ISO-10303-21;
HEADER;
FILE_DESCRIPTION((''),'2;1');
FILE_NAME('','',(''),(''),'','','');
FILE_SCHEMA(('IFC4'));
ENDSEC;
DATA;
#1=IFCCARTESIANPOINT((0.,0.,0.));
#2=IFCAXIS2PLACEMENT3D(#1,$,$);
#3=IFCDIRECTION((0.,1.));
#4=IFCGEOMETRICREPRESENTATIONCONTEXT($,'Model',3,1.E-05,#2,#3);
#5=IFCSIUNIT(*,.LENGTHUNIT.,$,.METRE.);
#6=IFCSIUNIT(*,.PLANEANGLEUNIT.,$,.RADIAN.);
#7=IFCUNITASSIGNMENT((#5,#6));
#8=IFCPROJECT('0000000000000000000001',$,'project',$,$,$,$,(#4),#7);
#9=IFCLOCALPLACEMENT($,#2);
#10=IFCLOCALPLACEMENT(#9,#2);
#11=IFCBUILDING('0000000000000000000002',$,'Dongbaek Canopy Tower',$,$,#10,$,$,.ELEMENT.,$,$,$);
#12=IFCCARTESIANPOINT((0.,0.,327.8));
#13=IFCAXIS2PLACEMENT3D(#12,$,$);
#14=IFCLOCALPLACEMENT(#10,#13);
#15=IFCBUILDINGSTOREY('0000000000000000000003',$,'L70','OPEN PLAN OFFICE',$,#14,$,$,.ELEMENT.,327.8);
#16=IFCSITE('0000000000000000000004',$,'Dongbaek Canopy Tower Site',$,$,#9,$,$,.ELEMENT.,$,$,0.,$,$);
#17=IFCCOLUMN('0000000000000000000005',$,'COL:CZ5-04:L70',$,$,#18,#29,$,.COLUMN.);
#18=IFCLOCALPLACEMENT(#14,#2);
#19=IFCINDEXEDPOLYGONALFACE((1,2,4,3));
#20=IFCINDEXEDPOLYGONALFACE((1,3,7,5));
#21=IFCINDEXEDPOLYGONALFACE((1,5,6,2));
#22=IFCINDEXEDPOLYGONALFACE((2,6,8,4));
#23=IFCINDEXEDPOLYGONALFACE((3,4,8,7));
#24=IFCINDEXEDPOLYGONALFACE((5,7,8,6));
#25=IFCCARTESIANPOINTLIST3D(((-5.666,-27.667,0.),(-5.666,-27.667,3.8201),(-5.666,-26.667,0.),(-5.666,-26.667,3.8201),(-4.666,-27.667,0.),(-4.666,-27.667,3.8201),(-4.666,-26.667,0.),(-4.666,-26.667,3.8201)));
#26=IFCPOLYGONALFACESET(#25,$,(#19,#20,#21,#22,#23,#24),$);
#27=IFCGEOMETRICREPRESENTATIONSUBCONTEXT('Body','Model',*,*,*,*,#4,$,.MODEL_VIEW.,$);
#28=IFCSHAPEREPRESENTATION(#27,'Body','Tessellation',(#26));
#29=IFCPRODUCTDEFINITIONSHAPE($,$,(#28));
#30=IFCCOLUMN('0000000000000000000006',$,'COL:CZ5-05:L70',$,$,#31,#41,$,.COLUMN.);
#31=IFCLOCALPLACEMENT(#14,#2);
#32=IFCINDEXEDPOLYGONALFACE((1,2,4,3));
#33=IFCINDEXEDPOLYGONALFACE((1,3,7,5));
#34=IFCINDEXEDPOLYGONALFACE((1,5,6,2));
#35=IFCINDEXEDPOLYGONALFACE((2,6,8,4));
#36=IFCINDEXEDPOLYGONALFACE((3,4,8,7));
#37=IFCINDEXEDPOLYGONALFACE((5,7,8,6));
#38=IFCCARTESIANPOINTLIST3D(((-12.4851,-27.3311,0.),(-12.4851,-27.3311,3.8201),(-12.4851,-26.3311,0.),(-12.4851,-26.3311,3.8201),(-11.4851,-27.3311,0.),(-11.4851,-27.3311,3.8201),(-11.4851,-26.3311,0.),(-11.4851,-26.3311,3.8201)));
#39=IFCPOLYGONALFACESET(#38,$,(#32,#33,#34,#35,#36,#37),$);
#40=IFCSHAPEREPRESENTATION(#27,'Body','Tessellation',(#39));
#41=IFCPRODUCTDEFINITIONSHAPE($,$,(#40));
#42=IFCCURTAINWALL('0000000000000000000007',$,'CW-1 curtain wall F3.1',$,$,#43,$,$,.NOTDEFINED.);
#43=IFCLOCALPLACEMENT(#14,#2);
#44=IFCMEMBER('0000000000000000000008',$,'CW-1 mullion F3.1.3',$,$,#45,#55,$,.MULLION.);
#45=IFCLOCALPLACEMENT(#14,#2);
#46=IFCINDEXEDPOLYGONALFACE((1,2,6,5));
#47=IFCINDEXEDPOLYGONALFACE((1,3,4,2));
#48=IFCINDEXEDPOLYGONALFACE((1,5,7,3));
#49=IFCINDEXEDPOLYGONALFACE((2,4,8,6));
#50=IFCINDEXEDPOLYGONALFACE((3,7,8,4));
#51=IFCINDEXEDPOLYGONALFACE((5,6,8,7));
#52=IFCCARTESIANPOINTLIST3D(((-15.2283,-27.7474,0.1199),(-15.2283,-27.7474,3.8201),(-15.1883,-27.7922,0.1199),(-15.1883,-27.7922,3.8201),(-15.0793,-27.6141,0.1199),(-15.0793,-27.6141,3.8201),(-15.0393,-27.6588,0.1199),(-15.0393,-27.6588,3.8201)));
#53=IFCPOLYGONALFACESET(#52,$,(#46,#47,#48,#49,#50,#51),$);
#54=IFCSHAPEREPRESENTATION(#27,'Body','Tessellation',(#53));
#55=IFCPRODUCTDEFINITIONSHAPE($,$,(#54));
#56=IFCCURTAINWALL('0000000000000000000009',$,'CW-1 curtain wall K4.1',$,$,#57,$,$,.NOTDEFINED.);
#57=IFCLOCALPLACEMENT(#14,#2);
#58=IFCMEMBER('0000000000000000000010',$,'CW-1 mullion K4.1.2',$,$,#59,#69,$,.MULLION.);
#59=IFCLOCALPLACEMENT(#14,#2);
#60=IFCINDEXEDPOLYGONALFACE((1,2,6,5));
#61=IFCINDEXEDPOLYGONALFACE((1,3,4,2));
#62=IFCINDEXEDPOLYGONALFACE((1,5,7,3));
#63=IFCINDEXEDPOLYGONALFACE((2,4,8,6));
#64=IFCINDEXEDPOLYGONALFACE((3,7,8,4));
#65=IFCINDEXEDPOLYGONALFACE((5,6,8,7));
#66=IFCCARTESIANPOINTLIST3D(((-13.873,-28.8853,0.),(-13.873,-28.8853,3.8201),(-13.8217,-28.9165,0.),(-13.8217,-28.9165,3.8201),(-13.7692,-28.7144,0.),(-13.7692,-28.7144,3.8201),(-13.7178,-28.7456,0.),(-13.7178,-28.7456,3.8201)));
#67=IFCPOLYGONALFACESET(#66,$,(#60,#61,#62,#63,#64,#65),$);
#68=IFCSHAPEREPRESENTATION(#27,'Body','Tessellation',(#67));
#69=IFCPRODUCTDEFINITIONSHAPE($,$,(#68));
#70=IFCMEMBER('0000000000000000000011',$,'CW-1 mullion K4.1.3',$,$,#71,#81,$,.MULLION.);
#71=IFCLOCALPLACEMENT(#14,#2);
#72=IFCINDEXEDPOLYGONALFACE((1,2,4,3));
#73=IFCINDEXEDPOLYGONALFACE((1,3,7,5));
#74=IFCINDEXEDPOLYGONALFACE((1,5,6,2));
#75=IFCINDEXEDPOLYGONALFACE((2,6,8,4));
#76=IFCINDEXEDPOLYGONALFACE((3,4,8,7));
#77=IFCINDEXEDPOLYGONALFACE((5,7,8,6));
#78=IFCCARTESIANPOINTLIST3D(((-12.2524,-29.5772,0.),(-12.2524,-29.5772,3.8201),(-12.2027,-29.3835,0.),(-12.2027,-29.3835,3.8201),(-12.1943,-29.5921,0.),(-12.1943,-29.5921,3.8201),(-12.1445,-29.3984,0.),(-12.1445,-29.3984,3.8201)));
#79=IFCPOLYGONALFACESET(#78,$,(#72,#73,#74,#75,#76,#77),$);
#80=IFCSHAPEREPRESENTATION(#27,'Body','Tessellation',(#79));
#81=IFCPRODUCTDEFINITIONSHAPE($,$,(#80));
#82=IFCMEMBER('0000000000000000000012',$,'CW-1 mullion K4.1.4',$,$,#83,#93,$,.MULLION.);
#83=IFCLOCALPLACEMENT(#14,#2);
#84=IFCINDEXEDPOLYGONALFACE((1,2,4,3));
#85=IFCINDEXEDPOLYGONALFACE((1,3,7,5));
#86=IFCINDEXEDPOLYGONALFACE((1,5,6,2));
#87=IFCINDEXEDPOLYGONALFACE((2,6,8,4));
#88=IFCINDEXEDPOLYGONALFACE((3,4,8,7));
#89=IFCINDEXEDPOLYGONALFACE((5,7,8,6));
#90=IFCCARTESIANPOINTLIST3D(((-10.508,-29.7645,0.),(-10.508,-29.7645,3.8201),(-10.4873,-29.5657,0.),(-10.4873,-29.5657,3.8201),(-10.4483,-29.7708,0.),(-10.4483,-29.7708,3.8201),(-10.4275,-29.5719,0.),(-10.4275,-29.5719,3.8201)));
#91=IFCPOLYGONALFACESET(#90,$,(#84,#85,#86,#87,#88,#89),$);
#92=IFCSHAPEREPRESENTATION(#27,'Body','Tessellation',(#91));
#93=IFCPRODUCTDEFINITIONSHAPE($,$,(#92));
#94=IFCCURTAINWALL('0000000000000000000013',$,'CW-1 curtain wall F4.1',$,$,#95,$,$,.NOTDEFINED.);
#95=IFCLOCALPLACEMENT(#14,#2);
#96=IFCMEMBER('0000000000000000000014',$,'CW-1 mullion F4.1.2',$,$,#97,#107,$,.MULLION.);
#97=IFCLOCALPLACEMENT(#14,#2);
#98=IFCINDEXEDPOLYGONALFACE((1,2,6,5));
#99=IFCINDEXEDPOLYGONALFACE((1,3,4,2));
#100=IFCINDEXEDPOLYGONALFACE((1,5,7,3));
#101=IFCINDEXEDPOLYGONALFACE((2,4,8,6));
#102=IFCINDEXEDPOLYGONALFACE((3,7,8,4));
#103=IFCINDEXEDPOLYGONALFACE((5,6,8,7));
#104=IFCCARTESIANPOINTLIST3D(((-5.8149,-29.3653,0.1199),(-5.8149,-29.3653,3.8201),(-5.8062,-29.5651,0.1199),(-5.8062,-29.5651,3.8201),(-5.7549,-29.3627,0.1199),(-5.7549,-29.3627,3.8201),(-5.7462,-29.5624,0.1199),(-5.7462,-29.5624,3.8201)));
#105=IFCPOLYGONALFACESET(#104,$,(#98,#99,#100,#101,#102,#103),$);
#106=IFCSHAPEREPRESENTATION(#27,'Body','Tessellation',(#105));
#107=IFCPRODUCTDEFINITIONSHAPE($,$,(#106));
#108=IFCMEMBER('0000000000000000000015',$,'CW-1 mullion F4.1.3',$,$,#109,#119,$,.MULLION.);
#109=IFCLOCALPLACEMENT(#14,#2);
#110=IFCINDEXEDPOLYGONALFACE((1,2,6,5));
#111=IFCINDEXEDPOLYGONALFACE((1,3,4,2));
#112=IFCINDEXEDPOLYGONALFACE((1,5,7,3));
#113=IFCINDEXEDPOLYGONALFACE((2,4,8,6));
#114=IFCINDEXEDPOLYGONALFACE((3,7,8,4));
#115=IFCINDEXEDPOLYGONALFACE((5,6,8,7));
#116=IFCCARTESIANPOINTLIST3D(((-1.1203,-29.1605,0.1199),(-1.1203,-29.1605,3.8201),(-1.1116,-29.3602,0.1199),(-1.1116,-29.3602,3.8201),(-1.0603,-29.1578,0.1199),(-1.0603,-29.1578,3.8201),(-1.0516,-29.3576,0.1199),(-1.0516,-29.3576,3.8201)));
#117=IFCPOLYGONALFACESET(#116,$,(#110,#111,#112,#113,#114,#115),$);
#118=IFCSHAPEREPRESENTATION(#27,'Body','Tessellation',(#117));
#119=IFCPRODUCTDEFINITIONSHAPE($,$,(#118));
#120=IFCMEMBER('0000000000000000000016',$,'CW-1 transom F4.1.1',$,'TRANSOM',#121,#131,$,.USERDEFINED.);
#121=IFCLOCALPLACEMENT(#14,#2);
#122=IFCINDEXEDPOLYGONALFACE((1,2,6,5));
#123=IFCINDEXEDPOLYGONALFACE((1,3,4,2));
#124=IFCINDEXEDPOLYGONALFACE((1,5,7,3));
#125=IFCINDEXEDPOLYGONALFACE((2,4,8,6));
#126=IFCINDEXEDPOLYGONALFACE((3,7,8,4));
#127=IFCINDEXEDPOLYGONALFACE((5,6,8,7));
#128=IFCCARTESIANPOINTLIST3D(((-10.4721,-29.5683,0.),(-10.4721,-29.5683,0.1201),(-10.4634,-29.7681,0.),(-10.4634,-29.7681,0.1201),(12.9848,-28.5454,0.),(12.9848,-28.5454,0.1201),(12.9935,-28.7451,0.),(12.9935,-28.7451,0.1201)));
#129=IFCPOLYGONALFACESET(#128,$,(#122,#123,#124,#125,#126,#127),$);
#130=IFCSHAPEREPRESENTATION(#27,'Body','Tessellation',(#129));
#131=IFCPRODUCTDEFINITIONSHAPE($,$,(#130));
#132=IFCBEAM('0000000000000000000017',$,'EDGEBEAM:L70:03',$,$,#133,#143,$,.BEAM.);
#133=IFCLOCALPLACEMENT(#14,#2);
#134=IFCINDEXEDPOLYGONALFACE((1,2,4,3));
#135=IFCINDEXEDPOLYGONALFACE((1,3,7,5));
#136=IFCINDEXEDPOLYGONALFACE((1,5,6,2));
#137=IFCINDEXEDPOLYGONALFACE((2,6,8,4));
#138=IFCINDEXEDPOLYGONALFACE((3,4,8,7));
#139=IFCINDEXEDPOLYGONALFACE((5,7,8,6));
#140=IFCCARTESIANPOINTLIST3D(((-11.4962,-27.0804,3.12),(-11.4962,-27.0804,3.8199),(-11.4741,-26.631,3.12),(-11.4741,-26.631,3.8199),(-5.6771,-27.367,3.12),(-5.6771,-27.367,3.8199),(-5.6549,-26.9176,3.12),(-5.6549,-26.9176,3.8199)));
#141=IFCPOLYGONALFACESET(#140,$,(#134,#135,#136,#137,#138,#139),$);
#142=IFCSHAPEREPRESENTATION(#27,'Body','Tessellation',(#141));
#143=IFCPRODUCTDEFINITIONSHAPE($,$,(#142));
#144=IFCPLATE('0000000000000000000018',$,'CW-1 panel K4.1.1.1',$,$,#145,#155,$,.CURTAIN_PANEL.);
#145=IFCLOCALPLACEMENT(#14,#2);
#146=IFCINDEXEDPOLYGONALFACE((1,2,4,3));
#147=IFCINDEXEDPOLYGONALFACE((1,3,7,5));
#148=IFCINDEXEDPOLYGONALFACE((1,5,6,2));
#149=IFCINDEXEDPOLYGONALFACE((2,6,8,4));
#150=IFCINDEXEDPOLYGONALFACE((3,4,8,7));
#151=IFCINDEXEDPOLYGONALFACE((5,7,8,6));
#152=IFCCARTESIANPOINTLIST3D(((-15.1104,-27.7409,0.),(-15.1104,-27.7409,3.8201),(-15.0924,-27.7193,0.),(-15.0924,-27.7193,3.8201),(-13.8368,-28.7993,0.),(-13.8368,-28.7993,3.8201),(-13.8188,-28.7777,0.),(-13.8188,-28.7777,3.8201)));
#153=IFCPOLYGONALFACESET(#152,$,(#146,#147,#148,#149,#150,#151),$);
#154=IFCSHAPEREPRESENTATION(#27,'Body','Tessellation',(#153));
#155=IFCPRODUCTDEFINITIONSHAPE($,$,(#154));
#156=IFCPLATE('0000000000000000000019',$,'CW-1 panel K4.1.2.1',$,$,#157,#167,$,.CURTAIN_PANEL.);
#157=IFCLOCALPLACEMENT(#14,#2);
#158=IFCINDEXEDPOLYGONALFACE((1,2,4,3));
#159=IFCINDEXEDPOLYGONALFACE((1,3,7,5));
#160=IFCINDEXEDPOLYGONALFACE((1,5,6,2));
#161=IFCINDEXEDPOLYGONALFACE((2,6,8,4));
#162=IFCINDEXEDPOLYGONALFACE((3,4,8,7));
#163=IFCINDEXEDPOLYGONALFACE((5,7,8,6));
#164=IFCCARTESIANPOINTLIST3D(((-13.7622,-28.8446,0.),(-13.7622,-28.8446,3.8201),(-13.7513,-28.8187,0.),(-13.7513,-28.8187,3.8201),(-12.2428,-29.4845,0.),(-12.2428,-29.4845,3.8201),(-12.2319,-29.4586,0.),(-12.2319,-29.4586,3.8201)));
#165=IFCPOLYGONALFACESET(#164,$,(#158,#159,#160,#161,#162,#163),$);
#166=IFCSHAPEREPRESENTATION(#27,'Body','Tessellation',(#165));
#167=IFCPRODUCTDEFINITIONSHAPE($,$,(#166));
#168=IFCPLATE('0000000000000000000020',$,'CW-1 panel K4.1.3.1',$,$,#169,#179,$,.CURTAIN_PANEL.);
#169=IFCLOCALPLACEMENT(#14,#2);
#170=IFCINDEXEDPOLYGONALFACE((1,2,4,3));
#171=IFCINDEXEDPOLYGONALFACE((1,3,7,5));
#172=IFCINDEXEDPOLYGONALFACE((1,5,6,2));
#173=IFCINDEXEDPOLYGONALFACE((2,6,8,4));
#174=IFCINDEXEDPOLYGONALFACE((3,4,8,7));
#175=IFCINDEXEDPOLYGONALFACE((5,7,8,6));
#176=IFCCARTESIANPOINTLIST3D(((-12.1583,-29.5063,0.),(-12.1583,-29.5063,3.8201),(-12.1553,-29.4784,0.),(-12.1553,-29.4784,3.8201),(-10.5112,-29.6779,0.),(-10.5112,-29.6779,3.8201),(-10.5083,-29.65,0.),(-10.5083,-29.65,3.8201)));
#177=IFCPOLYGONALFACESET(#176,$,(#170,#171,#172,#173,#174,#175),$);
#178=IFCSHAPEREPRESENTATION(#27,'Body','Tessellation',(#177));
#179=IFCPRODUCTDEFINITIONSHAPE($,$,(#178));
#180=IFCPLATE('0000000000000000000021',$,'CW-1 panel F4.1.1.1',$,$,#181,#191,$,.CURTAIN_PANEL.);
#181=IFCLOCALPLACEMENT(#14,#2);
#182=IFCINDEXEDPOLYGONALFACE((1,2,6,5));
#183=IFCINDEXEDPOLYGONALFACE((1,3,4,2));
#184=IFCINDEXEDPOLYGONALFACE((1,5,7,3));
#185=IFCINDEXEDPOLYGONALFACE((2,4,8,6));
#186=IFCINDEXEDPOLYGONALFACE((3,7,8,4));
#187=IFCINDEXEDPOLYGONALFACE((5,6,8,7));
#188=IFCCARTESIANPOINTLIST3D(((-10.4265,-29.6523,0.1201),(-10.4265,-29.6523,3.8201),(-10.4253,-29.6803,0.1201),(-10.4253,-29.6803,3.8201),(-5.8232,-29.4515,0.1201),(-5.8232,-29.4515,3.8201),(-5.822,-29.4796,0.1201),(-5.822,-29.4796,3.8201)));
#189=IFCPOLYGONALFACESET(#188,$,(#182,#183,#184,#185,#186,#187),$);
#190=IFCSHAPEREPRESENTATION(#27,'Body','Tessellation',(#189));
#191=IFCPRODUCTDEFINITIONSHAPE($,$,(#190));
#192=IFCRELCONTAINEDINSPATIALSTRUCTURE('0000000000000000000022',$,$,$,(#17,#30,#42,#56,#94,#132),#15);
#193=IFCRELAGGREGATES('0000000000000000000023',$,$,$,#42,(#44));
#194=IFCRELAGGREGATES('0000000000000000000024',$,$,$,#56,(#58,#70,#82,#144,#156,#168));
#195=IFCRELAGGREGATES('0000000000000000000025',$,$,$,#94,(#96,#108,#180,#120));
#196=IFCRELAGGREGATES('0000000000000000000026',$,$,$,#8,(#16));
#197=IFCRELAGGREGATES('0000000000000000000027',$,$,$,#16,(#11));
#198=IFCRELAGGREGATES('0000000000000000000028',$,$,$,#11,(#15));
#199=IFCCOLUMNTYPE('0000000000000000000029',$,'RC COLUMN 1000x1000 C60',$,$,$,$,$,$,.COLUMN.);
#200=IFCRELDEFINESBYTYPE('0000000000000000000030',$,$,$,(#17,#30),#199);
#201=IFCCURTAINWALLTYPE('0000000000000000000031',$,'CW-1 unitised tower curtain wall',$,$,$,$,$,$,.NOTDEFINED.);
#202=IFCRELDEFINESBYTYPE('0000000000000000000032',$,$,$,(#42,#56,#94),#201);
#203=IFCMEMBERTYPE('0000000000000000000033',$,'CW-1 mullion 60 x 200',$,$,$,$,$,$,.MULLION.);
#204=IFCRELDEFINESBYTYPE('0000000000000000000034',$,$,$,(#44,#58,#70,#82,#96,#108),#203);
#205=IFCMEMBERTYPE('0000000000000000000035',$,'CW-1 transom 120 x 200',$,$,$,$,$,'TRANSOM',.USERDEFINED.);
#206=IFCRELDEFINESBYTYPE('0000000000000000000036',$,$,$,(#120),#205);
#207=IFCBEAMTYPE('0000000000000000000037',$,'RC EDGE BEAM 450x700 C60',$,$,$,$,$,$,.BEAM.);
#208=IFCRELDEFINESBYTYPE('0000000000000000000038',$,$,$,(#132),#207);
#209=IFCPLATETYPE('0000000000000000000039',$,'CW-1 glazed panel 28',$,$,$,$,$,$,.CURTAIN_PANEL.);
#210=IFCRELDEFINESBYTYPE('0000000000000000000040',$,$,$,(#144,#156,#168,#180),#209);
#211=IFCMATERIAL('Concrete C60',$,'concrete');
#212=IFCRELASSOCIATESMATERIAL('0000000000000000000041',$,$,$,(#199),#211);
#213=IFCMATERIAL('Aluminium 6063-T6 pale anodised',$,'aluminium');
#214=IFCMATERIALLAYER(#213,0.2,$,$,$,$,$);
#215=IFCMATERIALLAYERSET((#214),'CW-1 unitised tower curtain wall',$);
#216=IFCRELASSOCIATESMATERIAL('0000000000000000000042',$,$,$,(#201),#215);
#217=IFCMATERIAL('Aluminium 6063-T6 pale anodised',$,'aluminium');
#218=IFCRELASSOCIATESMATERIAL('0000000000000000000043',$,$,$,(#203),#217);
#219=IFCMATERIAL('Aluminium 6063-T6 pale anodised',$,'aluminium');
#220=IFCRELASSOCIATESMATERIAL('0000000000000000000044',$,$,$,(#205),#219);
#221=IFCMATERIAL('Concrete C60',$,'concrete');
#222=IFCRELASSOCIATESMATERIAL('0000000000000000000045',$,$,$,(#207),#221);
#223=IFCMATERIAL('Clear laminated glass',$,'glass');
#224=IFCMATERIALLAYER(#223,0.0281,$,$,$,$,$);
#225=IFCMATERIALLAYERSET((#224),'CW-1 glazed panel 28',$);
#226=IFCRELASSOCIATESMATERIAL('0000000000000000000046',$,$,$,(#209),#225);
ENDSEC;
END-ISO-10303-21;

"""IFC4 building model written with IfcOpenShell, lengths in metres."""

from ifc_helpers import new_model, si_unit, direction, frame, origin, origin_2d, place, context, subcontext, project, spatial, rectangle, extrude, material, layer, layer_set, material_profile, profile_set, type_object, element, aggregate, save


model = new_model("IFC4")

# Units and contexts
model_context = context("Model", 3, precision=1e-05, world=origin(), true_north=direction((0.0, 1.0)))
body_context = subcontext(model_context, "Body", "Model", "MODEL_VIEW")
ifc_project = project(units=[si_unit("LENGTHUNIT", "METRE"), si_unit("PLANEANGLEUNIT", "RADIAN")], contexts=[model_context])

# Site, building, storey
site_placement = place(None, origin())
site = spatial("IfcSite", under=ifc_project, at=site_placement, Name="Dongbaek Canopy Tower Site", CompositionType="ELEMENT", RefElevation=0.0)
building_placement = place(site_placement, origin())
building = spatial("IfcBuilding", under=site, at=building_placement, Name="Dongbaek Canopy Tower", CompositionType="ELEMENT")
storey_placement = place(building_placement, frame((0.0, 0.0, 327.8)))
storey = spatial("IfcBuildingStorey", under=building, at=storey_placement, Name="L70", Description="OPEN PLAN OFFICE", CompositionType="ELEMENT", Elevation=327.8)

# Columns
ifc_material_1 = material(Name="Concrete C60", Category="concrete")
ifc_material_profile_1 = material_profile(ifc_material_1, rectangle(XDim=1.0, YDim=1.0, at=origin_2d()), Name="RC COLUMN 1000x1000 C60")
ifc_profile_set_1 = profile_set([ifc_material_profile_1], Name="Concrete C60")
column_type = type_object("IfcColumnType", Name="RC COLUMN 1000x1000 C60", PredefinedType="COLUMN", material=ifc_profile_set_1)
for number, where, z_axis, x_axis, name in (
    (1, (-5.166, -27.167, 0.0), (0.0, 0.0, 1.0), (1.0, 0.0, 0.0), "COL:CZ5-04:L70"),
    (2, (-11.9851, -26.8311, 0.0), (0.0, 0.0, 1.0), (1.0, 0.0, 0.0), "COL:CZ5-05:L70"),
):
    element("IfcColumn", number, at=place(storey_placement, frame(where, z_axis=z_axis, x_axis=x_axis)), inside=storey, type_object=column_type, Name=name, PredefinedType="COLUMN", context=body_context, shape_type="SweptSolid", body=[
        extrude(rectangle(XDim=1.0, YDim=1.0, at=origin_2d()), origin(), (0.0, 0.0, 1.0), 3.8201),
    ])

# Curtain wall, member
ifc_material_2 = material(Name="Aluminium 6063-T6 pale anodised", Category="aluminium")
ifc_layer_1 = layer(ifc_material_2, 0.2)
ifc_layer_set_1 = layer_set([ifc_layer_1], Name="CW-1 unitised tower curtain wall")
curtain_wall_type = type_object("IfcCurtainWallType", Name="CW-1 unitised tower curtain wall", PredefinedType="NOTDEFINED", material=ifc_layer_set_1)
curtain_wall_1_placement = place(storey_placement, origin())
curtain_wall_1 = element("IfcCurtainWall", 3, at=curtain_wall_1_placement, inside=storey, type_object=curtain_wall_type, Name="CW-1 curtain wall F3.1", PredefinedType="NOTDEFINED")
ifc_material_3 = material(Name="Aluminium 6063-T6 pale anodised", Category="aluminium")
ifc_material_profile_2 = material_profile(ifc_material_3, rectangle(XDim=0.2, YDim=0.0601, at=origin_2d()), Name="CW-1 mullion 60 x 200")
ifc_profile_set_2 = profile_set([ifc_material_profile_2], Name="Aluminium 6063-T6 pale anodised")
member_type_1 = type_object("IfcMemberType", Name="CW-1 mullion 60 x 200", PredefinedType="MULLION", material=ifc_profile_set_2)
member_1_placement = place(storey_placement, frame((-15.1338, -27.7031, 0.1199), z_axis=(0.0, 0.0, 1.0), x_axis=(-0.745165, -0.66688, 0.0)))
member_1 = element("IfcMember", 4, at=member_1_placement, type_object=member_type_1, Name="CW-1 mullion F3.1.3", PredefinedType="MULLION", context=body_context, shape_type="SweptSolid", body=[
    extrude(rectangle(XDim=0.2, YDim=0.0601, at=origin_2d()), origin(), (0.0, 0.0, 1.0), 3.7002),
])
aggregate(curtain_wall_1, [member_1])

# Curtain walls, members
curtain_wall_2_placement = place(storey_placement, origin())
curtain_wall_2 = element("IfcCurtainWall", 5, at=curtain_wall_2_placement, inside=storey, type_object=curtain_wall_type, Name="CW-1 curtain wall K4.1", PredefinedType="NOTDEFINED")
member_2_placement = place(storey_placement, frame((-13.7954, -28.8154, 0.0), z_axis=(0.0, 0.0, 1.0), x_axis=(-0.519267, -0.854612, 0.0)))
member_2 = element("IfcMember", 6, at=member_2_placement, type_object=member_type_1, Name="CW-1 mullion K4.1.2", PredefinedType="MULLION", context=body_context, shape_type="SweptSolid", body=[
    extrude(rectangle(XDim=0.2, YDim=0.0601, at=origin_2d()), origin(), (0.0, 0.0, 1.0), 3.8201),
])
member_3_placement = place(storey_placement, frame((-12.1985, -29.4878, 0.0), z_axis=(0.0, 0.0, 1.0), x_axis=(-0.24857, -0.968614, 0.0)))
member_3 = element("IfcMember", 7, at=member_3_placement, type_object=member_type_1, Name="CW-1 mullion K4.1.3", PredefinedType="MULLION", context=body_context, shape_type="SweptSolid", body=[
    extrude(rectangle(XDim=0.2, YDim=0.0601, at=origin_2d()), origin(), (0.0, 0.0, 1.0), 3.8201),
])
member_4_placement = place(storey_placement, frame((-10.4678, -29.6682, 0.0), z_axis=(0.0, 0.0, 1.0), x_axis=(-0.103623, -0.994617, 0.0)))
member_4 = element("IfcMember", 8, at=member_4_placement, type_object=member_type_1, Name="CW-1 mullion K4.1.4", PredefinedType="MULLION", context=body_context, shape_type="SweptSolid", body=[
    extrude(rectangle(XDim=0.2, YDim=0.0601, at=origin_2d()), origin(), (0.0, 0.0, 1.0), 3.8201),
])
curtain_wall_3_placement = place(storey_placement, origin())
curtain_wall_3 = element("IfcCurtainWall", 9, at=curtain_wall_3_placement, inside=storey, type_object=curtain_wall_type, Name="CW-1 curtain wall F4.1", PredefinedType="NOTDEFINED")
member_5_placement = place(storey_placement, frame((-5.7805, -29.4639, 0.1199), z_axis=(0.0, 0.0, 1.0), x_axis=(0.043572, -0.99905, 0.0)))
member_5 = element("IfcMember", 10, at=member_5_placement, type_object=member_type_1, Name="CW-1 mullion F4.1.2", PredefinedType="MULLION", context=body_context, shape_type="SweptSolid", body=[
    extrude(rectangle(XDim=0.2, YDim=0.0601, at=origin_2d()), origin(), (0.0, 0.0, 1.0), 3.7002),
])
member_6_placement = place(storey_placement, frame((-1.0859, -29.259, 0.1199), z_axis=(0.0, 0.0, 1.0), x_axis=(0.043572, -0.99905, 0.0)))
member_6 = element("IfcMember", 11, at=member_6_placement, type_object=member_type_1, Name="CW-1 mullion F4.1.3", PredefinedType="MULLION", context=body_context, shape_type="SweptSolid", body=[
    extrude(rectangle(XDim=0.2, YDim=0.0601, at=origin_2d()), origin(), (0.0, 0.0, 1.0), 3.7002),
])
ifc_material_4 = material(Name="Aluminium 6063-T6 pale anodised", Category="aluminium")
ifc_material_profile_3 = material_profile(ifc_material_4, rectangle(XDim=0.2, YDim=0.1201, at=origin_2d()), Name="CW-1 transom 120 x 200")
ifc_profile_set_3 = profile_set([ifc_material_profile_3], Name="Aluminium 6063-T6 pale anodised")
member_type_2 = type_object("IfcMemberType", Name="CW-1 transom 120 x 200", ElementType="TRANSOM", PredefinedType="USERDEFINED", material=ifc_profile_set_3)
member_7_placement = place(storey_placement, frame((-10.4678, -29.6682, 0.0601), z_axis=(0.99905, 0.043568, 0.0), x_axis=(-0.043568, 0.99905, 0.0)))
member_7 = element("IfcMember", 12, at=member_7_placement, type_object=member_type_2, Name="CW-1 transom F4.1.1", ObjectType="TRANSOM", PredefinedType="USERDEFINED", context=body_context, shape_type="SweptSolid", body=[
    extrude(rectangle(XDim=0.2, YDim=0.1201, at=origin_2d()), origin(), (0.0, 0.0, 1.0), 23.4792),
])

# Beam
ifc_material_5 = material(Name="Concrete C60", Category="concrete")
ifc_material_profile_4 = material_profile(ifc_material_5, rectangle(XDim=0.45, YDim=0.7, at=origin_2d()), Name="RC EDGE BEAM 450x700 C60")
ifc_profile_set_4 = profile_set([ifc_material_profile_4], Name="Concrete C60")
beam_type = type_object("IfcBeamType", Name="RC EDGE BEAM 450x700 C60", PredefinedType="BEAM", material=ifc_profile_set_4)
beam_placement = place(storey_placement, frame((-5.666, -27.1423, 3.47), z_axis=(-0.998789, 0.049196, 0.0), x_axis=(-0.049196, -0.998789, 0.0)))
element("IfcBeam", 13, at=beam_placement, inside=storey, type_object=beam_type, Name="EDGEBEAM:L70:03", PredefinedType="BEAM", context=body_context, shape_type="SweptSolid", body=[
    extrude(rectangle(XDim=0.45, YDim=0.7, at=origin_2d()), origin(), (0.0, 0.0, 1.0), 5.8262),
])

# Plates
ifc_material_6 = material(Name="Clear laminated glass", Category="glass")
ifc_layer_2 = layer(ifc_material_6, 0.0281)
ifc_layer_set_2 = layer_set([ifc_layer_2], Name="CW-1 glazed panel 28")
plate_type = type_object("IfcPlateType", Name="CW-1 glazed panel 28", PredefinedType="CURTAIN_PANEL", material=ifc_layer_set_2)
plate_1_placement = place(storey_placement, frame((-14.4646, -28.2593, 0.0), z_axis=(0.0, 0.0, 1.0), x_axis=(0.769085, -0.639146, 0.0)))
plate_1 = element("IfcPlate", 14, at=plate_1_placement, type_object=plate_type, Name="CW-1 panel K4.1.1.1", PredefinedType="CURTAIN_PANEL", context=body_context, shape_type="SweptSolid", body=[
    extrude(rectangle(XDim=1.656, YDim=0.0281, at=origin_2d()), origin(), (0.0, 0.0, 1.0), 3.8201),
])
plate_2_placement = place(storey_placement, frame((-12.9971, -29.1516, 0.0), z_axis=(0.0, 0.0, 1.0), x_axis=(0.921606, -0.388127, 0.0)))
plate_2 = element("IfcPlate", 15, at=plate_2_placement, type_object=plate_type, Name="CW-1 panel K4.1.2.1", PredefinedType="CURTAIN_PANEL", context=body_context, shape_type="SweptSolid", body=[
    extrude(rectangle(XDim=1.6487, YDim=0.0281, at=origin_2d()), origin(), (0.0, 0.0, 1.0), 3.8201),
])
plate_3_placement = place(storey_placement, frame((-11.3333, -29.5781, 0.0), z_axis=(0.0, 0.0, 1.0), x_axis=(0.994617, -0.103623, 0.0)))
plate_3 = element("IfcPlate", 16, at=plate_3_placement, type_object=plate_type, Name="CW-1 panel K4.1.3.1", PredefinedType="CURTAIN_PANEL", context=body_context, shape_type="SweptSolid", body=[
    extrude(rectangle(XDim=1.656, YDim=0.0281, at=origin_2d()), origin(), (0.0, 0.0, 1.0), 3.8201),
])
aggregate(curtain_wall_2, [member_2, member_3, member_4, plate_1, plate_2, plate_3])
plate_4_placement = place(storey_placement, frame((-8.1243, -29.5659, 0.1201), z_axis=(0.0, 0.0, 1.0), x_axis=(0.99905, 0.043572, 0.0)))
plate_4 = element("IfcPlate", 17, at=plate_4_placement, type_object=plate_type, Name="CW-1 panel F4.1.1.1", PredefinedType="CURTAIN_PANEL", context=body_context, shape_type="SweptSolid", body=[
    extrude(rectangle(XDim=4.6077, YDim=0.0281, at=origin_2d()), origin(), (0.0, 0.0, 1.0), 3.7),
])

aggregate(curtain_wall_3, [member_5, member_6, plate_4, member_7])

save(model, "model.ifc")
